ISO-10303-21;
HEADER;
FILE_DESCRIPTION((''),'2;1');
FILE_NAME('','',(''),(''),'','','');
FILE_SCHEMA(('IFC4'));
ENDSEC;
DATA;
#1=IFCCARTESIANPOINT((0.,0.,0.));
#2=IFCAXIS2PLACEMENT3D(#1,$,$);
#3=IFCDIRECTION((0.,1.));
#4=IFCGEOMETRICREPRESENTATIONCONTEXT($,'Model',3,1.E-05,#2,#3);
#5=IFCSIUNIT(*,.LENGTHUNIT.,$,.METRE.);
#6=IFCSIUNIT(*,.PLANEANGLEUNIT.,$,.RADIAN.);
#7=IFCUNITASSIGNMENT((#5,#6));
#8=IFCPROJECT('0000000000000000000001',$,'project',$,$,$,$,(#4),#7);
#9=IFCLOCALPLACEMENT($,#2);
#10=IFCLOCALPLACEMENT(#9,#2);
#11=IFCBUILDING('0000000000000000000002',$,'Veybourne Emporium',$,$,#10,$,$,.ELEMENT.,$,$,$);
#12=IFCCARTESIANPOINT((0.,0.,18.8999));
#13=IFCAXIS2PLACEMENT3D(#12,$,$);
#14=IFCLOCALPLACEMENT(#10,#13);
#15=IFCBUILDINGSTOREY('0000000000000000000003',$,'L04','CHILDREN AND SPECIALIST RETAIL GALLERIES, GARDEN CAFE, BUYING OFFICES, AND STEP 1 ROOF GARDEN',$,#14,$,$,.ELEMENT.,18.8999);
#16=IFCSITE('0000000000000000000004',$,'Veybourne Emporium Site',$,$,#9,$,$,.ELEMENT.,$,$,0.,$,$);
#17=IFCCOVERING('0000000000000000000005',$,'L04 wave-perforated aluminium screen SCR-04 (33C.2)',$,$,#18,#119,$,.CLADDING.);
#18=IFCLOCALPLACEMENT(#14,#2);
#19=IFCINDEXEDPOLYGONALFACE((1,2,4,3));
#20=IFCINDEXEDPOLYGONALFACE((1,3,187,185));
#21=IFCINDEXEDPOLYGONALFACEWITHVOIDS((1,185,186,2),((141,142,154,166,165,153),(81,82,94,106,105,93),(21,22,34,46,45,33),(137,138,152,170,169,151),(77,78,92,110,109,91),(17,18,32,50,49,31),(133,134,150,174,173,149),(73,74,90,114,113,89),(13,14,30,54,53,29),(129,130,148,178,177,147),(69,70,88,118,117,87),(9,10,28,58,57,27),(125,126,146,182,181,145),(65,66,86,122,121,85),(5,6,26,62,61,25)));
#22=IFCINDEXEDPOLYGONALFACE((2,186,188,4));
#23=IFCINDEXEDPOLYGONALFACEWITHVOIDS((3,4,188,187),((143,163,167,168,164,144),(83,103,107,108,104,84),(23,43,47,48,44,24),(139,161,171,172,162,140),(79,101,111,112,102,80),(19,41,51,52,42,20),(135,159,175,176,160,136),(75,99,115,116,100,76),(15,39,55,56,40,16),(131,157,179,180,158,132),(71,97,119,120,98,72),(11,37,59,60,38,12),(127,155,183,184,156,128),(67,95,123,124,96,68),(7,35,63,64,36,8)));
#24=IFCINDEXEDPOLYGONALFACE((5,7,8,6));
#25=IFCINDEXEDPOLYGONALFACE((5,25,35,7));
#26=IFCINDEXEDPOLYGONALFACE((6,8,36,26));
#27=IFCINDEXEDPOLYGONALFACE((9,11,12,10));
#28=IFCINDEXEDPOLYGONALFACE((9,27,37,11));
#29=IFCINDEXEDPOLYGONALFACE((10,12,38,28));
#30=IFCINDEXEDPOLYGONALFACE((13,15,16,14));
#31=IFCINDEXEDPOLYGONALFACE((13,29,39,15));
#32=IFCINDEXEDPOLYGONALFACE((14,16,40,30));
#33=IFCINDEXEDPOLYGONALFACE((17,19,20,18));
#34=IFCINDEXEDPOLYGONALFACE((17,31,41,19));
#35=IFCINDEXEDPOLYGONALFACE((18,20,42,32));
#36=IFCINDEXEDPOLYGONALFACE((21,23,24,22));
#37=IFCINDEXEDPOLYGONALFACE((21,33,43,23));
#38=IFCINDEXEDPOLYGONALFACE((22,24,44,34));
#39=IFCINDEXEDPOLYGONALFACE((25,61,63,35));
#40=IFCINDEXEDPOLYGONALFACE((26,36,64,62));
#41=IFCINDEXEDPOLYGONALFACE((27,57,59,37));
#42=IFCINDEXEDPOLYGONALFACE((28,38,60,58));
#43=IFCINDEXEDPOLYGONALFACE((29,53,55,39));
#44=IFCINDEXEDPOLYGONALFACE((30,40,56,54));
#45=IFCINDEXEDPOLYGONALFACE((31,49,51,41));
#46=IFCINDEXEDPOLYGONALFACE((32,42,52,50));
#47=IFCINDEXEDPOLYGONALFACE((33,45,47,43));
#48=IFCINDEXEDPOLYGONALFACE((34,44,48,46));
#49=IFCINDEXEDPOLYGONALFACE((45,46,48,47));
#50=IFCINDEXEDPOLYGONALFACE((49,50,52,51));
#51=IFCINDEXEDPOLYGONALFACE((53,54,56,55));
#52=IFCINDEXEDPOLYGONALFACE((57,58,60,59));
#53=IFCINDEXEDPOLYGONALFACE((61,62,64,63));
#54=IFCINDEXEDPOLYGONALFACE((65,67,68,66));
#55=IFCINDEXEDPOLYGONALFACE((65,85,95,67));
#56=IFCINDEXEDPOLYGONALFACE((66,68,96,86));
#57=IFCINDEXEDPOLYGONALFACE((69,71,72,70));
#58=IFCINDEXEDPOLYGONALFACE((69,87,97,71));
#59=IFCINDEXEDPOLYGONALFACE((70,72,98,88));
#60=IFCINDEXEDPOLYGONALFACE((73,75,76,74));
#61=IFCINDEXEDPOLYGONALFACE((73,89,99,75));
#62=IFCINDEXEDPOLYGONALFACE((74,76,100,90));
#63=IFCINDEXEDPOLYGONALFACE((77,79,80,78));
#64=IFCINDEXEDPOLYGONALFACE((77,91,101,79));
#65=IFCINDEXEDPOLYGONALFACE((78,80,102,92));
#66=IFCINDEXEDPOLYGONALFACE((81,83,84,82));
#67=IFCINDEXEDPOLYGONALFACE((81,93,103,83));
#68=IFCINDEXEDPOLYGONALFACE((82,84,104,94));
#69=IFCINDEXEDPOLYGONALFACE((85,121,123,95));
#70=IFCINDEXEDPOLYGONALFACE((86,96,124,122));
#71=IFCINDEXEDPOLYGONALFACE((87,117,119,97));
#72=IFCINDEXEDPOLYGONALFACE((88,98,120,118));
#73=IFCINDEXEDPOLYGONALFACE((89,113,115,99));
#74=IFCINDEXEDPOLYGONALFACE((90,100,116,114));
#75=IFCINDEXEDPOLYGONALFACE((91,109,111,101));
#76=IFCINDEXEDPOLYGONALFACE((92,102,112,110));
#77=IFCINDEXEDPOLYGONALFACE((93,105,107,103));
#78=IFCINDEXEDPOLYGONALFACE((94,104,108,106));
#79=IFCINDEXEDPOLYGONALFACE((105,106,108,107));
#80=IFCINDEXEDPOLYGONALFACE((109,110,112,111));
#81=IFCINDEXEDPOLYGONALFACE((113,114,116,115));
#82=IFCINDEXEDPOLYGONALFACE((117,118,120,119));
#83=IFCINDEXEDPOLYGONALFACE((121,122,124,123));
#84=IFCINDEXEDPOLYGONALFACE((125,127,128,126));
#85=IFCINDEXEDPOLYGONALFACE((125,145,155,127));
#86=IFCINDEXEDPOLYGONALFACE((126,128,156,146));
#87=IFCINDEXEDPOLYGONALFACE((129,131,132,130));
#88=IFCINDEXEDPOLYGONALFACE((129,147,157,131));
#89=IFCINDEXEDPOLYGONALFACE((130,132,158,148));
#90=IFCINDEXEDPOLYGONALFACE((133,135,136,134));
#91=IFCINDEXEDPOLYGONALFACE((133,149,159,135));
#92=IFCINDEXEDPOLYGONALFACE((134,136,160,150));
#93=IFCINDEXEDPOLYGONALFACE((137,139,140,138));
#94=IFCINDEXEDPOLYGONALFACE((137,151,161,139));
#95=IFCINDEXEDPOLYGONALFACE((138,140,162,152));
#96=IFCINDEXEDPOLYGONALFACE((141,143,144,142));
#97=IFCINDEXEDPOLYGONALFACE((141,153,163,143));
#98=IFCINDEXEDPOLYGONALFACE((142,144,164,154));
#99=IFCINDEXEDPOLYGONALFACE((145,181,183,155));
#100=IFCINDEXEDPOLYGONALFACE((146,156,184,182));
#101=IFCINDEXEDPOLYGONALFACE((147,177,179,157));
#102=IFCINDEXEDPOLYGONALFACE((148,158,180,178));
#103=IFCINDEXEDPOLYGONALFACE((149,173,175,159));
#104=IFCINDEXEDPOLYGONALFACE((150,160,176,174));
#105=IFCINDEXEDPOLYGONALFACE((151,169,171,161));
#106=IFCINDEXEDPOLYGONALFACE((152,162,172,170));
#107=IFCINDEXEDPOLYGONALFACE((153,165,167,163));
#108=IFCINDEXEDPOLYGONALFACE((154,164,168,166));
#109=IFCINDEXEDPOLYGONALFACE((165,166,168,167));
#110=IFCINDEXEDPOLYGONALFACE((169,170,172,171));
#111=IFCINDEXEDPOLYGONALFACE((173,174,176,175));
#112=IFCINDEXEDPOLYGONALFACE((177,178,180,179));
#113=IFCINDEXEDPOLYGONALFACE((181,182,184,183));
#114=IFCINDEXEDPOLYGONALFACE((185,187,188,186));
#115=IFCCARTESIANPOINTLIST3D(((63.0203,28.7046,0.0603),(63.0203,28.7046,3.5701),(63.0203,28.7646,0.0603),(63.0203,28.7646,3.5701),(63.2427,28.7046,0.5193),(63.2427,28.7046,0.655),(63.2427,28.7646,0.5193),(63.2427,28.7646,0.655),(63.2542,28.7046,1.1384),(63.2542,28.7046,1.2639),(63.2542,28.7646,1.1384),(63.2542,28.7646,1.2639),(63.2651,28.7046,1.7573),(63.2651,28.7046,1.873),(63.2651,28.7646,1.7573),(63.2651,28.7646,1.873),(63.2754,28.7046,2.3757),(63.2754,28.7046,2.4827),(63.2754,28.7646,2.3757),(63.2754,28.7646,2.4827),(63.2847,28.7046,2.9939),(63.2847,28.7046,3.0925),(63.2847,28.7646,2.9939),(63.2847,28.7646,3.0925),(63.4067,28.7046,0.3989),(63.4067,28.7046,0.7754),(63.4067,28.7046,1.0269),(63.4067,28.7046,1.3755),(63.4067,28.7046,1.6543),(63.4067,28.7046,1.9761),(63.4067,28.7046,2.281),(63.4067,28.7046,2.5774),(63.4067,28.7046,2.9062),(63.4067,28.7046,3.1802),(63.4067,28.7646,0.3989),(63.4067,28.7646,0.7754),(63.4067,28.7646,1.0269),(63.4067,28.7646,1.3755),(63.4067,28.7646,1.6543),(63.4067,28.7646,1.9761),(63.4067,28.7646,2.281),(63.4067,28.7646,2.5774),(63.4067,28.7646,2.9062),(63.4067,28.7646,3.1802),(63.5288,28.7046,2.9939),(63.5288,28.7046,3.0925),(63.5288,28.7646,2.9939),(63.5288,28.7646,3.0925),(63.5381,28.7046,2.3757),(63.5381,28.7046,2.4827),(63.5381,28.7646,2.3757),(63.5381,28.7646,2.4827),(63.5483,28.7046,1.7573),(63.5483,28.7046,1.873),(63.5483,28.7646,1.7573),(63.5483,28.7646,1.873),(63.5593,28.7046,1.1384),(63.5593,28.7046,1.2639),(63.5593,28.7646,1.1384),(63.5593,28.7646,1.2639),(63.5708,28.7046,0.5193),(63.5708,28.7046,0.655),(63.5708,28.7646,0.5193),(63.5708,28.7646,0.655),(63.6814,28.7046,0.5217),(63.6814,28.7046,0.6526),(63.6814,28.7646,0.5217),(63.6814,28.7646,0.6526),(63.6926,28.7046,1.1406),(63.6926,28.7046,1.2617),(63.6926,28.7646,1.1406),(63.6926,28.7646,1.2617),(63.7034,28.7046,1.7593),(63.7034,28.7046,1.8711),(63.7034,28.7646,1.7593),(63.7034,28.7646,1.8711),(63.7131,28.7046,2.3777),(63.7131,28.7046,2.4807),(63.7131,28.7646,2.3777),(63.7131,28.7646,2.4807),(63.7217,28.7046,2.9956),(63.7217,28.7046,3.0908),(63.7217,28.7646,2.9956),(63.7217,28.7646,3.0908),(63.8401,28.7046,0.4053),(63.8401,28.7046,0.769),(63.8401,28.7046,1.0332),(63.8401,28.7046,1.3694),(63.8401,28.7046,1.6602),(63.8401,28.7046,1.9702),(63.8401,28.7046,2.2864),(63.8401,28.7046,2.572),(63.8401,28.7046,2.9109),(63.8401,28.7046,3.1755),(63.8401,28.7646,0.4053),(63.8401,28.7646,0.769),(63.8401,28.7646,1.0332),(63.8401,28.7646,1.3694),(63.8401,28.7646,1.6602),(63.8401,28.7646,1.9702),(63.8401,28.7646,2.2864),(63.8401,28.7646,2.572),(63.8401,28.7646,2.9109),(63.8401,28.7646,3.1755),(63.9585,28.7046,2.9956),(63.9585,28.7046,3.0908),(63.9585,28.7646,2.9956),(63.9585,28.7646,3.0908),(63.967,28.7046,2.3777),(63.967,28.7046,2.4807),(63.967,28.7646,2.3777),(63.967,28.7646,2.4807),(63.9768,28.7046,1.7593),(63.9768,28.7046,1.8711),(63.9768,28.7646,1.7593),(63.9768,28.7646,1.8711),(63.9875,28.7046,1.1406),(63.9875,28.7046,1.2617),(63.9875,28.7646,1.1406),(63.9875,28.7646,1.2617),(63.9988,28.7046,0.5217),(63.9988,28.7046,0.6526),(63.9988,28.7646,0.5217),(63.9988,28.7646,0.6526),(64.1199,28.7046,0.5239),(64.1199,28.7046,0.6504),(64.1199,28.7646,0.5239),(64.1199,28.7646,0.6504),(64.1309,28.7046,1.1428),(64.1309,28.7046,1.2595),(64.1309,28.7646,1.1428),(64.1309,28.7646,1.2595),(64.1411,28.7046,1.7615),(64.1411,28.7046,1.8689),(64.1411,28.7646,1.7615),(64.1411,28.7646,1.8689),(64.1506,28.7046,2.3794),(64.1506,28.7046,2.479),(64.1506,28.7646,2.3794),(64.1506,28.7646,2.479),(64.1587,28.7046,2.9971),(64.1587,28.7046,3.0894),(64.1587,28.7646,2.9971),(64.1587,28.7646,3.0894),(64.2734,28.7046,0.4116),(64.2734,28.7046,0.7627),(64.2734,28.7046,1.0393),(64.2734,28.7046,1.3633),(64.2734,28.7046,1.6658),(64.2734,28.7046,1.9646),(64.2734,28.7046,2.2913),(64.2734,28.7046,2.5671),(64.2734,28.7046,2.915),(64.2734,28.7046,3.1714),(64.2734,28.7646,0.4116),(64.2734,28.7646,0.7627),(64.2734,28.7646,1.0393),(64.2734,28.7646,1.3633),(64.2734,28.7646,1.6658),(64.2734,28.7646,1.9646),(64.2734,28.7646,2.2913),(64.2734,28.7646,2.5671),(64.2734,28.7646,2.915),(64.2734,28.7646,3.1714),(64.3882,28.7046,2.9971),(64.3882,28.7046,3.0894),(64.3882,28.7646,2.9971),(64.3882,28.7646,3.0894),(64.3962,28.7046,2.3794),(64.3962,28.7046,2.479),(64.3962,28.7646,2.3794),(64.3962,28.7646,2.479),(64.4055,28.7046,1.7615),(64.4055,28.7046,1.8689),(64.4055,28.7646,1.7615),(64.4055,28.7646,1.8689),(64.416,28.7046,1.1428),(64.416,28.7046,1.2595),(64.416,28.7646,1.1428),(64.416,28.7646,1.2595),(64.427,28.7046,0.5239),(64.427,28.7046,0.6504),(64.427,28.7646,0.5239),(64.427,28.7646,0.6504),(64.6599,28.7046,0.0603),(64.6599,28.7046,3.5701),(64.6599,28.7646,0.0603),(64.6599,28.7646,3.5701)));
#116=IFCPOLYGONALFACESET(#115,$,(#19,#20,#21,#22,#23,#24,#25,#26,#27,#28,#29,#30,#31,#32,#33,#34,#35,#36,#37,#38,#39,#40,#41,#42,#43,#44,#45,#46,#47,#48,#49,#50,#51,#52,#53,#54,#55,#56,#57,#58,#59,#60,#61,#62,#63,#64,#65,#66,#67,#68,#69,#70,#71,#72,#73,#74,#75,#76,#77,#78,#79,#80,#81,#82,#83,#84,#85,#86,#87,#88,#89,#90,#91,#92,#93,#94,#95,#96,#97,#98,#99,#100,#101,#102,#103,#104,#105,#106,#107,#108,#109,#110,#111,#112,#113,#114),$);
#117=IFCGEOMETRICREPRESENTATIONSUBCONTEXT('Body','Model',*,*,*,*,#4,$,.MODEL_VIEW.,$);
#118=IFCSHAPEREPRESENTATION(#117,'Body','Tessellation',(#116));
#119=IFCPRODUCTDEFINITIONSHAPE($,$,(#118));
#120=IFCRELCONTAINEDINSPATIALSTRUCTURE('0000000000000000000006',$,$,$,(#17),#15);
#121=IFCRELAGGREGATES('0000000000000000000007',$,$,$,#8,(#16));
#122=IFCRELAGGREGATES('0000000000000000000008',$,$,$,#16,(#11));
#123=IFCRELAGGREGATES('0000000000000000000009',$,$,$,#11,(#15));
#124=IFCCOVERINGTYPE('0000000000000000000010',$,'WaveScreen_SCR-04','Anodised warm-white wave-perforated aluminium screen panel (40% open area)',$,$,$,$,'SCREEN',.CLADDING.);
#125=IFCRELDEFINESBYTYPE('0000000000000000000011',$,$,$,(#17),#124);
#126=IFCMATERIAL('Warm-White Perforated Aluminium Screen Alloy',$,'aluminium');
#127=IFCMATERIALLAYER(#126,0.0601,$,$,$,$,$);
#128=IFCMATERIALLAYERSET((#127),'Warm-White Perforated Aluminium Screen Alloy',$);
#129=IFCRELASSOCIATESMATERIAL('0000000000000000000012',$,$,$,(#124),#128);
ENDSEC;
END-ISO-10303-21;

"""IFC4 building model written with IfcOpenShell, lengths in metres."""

from ifc_helpers import new_model, si_unit, direction, frame, origin, place, context, subcontext, project, spatial, polyline, outline, extrude, material, layer, layer_set, type_object, element, save


model = new_model("IFC4")

# Units and contexts
model_context = context("Model", 3, precision=1e-05, world=origin(), true_north=direction((0.0, 1.0)))
body_context = subcontext(model_context, "Body", "Model", "MODEL_VIEW")
ifc_project = project(units=[si_unit("LENGTHUNIT", "METRE"), si_unit("PLANEANGLEUNIT", "RADIAN")], contexts=[model_context])

# Site, building, storey
site_placement = place(None, origin())
site = spatial("IfcSite", under=ifc_project, at=site_placement, Name="Veybourne Emporium Site", CompositionType="ELEMENT", RefElevation=0.0)
building_placement = place(site_placement, origin())
building = spatial("IfcBuilding", under=site, at=building_placement, Name="Veybourne Emporium", CompositionType="ELEMENT")
storey_placement = place(building_placement, frame((0.0, 0.0, 18.8999)))
storey = spatial("IfcBuildingStorey", under=building, at=storey_placement, Name="L04", Description="CHILDREN AND SPECIALIST RETAIL GALLERIES, GARDEN CAFE, BUYING OFFICES, AND STEP 1 ROOF GARDEN", CompositionType="ELEMENT", Elevation=18.8999)

# Covering
ifc_material_1 = material(Name="Warm-White Perforated Aluminium Screen Alloy", Category="aluminium")
ifc_layer_1 = layer(ifc_material_1, 0.0601)
ifc_layer_set_1 = layer_set([ifc_layer_1], Name="Warm-White Perforated Aluminium Screen Alloy")
covering_type_1 = type_object("IfcCoveringType", Name="WaveScreen_SCR-04", Description="Anodised warm-white wave-perforated aluminium screen panel (40% open area)", ElementType="SCREEN", PredefinedType="CLADDING", material=ifc_layer_set_1)
covering_1_placement = place(storey_placement, frame((63.8401, 28.7046, 1.8152), z_axis=(0.0, 1.0, 0.0), x_axis=(-1.0, 0.0, 0.0)))
element("IfcCovering", 1, at=covering_1_placement, inside=storey, type_object=covering_type_1, Name="L04 wave-perforated aluminium screen SCR-04 (33C.2)", PredefinedType="CLADDING", context=body_context, shape_type="SweptSolid", body=[
    extrude(outline(polyline([(-0.8198, -1.7549), (0.8198, -1.7549), (0.8198, 1.7549), (-0.8198, 1.7549), (-0.8198, -1.7549)]), holes=[polyline([(-0.4333, -1.0525), (-0.2798, -1.1648), (-0.2798, -1.2913), (-0.4333, -1.4036), (-0.5869, -1.2913), (-0.5869, -1.1648), (-0.4333, -1.0525)]), polyline([(-0.4333, -0.4519), (-0.2908, -0.5557), (-0.2908, -0.6724), (-0.4333, -0.7759), (-0.5759, -0.6724), (-0.5759, -0.5557), (-0.4333, -0.4519)]), polyline([(-0.4333, 0.1494), (-0.301, 0.0537), (-0.301, -0.0537), (-0.4333, -0.1494), (-0.5654, -0.0537), (-0.5654, 0.0537), (-0.4333, 0.1494)]), polyline([(-0.4333, 0.752), (-0.3105, 0.6638), (-0.3105, 0.5642), (-0.4333, 0.4761), (-0.5562, 0.5642), (-0.5562, 0.6638), (-0.4333, 0.752)]), polyline([(-0.4333, 1.3562), (-0.3186, 1.2742), (-0.3186, 1.1819), (-0.4333, 1.0999), (-0.5481, 1.1819), (-0.5481, 1.2742), (-0.4333, 1.3562)]), polyline([(0.0, -1.0461), (0.1587, -1.1626), (0.1587, -1.2935), (0.0, -1.4099), (-0.1587, -1.2935), (-0.1587, -1.1626), (0.0, -1.0461)]), polyline([(0.0, -0.4458), (0.1475, -0.5535), (0.1475, -0.6746), (0.0, -0.782), (-0.1475, -0.6746), (-0.1475, -0.5535), (0.0, -0.4458)]), polyline([(0.0, 0.155), (0.1367, 0.0559), (0.1367, -0.0559), (0.0, -0.155), (-0.1367, -0.0559), (-0.1367, 0.0559), (0.0, 0.155)]), polyline([(0.0, 0.7568), (0.127, 0.6655), (0.127, 0.5625), (0.0, 0.4712), (-0.127, 0.5625), (-0.127, 0.6655), (0.0, 0.7568)]), polyline([(0.0, 1.3604), (0.1184, 1.2756), (0.1184, 1.1804), (0.0, 1.0957), (-0.1184, 1.1804), (-0.1184, 1.2756), (0.0, 1.3604)]), polyline([(0.4333, -1.0398), (0.5974, -1.1602), (0.5974, -1.2959), (0.4333, -1.4163), (0.2693, -1.2959), (0.2693, -1.1602), (0.4333, -1.0398)]), polyline([(0.4333, -0.4397), (0.5859, -0.5513), (0.5859, -0.6768), (0.4333, -0.7883), (0.2808, -0.6768), (0.2808, -0.5513), (0.4333, -0.4397)]), polyline([(0.4333, 0.1609), (0.575, 0.0579), (0.575, -0.0579), (0.4333, -0.1609), (0.2917, -0.0579), (0.2917, 0.0579), (0.4333, 0.1609)]), polyline([(0.4333, 0.7622), (0.5647, 0.6675), (0.5647, 0.5605), (0.4333, 0.4658), (0.302, 0.5605), (0.302, 0.6675), (0.4333, 0.7622)]), polyline([(0.4333, 1.365), (0.5554, 1.2773), (0.5554, 1.1787), (0.4333, 1.0911), (0.3113, 1.1787), (0.3113, 1.2773), (0.4333, 1.365)])]), origin(), (0.0, 0.0, 1.0), 0.0601),
])

save(model, "model.ifc")
